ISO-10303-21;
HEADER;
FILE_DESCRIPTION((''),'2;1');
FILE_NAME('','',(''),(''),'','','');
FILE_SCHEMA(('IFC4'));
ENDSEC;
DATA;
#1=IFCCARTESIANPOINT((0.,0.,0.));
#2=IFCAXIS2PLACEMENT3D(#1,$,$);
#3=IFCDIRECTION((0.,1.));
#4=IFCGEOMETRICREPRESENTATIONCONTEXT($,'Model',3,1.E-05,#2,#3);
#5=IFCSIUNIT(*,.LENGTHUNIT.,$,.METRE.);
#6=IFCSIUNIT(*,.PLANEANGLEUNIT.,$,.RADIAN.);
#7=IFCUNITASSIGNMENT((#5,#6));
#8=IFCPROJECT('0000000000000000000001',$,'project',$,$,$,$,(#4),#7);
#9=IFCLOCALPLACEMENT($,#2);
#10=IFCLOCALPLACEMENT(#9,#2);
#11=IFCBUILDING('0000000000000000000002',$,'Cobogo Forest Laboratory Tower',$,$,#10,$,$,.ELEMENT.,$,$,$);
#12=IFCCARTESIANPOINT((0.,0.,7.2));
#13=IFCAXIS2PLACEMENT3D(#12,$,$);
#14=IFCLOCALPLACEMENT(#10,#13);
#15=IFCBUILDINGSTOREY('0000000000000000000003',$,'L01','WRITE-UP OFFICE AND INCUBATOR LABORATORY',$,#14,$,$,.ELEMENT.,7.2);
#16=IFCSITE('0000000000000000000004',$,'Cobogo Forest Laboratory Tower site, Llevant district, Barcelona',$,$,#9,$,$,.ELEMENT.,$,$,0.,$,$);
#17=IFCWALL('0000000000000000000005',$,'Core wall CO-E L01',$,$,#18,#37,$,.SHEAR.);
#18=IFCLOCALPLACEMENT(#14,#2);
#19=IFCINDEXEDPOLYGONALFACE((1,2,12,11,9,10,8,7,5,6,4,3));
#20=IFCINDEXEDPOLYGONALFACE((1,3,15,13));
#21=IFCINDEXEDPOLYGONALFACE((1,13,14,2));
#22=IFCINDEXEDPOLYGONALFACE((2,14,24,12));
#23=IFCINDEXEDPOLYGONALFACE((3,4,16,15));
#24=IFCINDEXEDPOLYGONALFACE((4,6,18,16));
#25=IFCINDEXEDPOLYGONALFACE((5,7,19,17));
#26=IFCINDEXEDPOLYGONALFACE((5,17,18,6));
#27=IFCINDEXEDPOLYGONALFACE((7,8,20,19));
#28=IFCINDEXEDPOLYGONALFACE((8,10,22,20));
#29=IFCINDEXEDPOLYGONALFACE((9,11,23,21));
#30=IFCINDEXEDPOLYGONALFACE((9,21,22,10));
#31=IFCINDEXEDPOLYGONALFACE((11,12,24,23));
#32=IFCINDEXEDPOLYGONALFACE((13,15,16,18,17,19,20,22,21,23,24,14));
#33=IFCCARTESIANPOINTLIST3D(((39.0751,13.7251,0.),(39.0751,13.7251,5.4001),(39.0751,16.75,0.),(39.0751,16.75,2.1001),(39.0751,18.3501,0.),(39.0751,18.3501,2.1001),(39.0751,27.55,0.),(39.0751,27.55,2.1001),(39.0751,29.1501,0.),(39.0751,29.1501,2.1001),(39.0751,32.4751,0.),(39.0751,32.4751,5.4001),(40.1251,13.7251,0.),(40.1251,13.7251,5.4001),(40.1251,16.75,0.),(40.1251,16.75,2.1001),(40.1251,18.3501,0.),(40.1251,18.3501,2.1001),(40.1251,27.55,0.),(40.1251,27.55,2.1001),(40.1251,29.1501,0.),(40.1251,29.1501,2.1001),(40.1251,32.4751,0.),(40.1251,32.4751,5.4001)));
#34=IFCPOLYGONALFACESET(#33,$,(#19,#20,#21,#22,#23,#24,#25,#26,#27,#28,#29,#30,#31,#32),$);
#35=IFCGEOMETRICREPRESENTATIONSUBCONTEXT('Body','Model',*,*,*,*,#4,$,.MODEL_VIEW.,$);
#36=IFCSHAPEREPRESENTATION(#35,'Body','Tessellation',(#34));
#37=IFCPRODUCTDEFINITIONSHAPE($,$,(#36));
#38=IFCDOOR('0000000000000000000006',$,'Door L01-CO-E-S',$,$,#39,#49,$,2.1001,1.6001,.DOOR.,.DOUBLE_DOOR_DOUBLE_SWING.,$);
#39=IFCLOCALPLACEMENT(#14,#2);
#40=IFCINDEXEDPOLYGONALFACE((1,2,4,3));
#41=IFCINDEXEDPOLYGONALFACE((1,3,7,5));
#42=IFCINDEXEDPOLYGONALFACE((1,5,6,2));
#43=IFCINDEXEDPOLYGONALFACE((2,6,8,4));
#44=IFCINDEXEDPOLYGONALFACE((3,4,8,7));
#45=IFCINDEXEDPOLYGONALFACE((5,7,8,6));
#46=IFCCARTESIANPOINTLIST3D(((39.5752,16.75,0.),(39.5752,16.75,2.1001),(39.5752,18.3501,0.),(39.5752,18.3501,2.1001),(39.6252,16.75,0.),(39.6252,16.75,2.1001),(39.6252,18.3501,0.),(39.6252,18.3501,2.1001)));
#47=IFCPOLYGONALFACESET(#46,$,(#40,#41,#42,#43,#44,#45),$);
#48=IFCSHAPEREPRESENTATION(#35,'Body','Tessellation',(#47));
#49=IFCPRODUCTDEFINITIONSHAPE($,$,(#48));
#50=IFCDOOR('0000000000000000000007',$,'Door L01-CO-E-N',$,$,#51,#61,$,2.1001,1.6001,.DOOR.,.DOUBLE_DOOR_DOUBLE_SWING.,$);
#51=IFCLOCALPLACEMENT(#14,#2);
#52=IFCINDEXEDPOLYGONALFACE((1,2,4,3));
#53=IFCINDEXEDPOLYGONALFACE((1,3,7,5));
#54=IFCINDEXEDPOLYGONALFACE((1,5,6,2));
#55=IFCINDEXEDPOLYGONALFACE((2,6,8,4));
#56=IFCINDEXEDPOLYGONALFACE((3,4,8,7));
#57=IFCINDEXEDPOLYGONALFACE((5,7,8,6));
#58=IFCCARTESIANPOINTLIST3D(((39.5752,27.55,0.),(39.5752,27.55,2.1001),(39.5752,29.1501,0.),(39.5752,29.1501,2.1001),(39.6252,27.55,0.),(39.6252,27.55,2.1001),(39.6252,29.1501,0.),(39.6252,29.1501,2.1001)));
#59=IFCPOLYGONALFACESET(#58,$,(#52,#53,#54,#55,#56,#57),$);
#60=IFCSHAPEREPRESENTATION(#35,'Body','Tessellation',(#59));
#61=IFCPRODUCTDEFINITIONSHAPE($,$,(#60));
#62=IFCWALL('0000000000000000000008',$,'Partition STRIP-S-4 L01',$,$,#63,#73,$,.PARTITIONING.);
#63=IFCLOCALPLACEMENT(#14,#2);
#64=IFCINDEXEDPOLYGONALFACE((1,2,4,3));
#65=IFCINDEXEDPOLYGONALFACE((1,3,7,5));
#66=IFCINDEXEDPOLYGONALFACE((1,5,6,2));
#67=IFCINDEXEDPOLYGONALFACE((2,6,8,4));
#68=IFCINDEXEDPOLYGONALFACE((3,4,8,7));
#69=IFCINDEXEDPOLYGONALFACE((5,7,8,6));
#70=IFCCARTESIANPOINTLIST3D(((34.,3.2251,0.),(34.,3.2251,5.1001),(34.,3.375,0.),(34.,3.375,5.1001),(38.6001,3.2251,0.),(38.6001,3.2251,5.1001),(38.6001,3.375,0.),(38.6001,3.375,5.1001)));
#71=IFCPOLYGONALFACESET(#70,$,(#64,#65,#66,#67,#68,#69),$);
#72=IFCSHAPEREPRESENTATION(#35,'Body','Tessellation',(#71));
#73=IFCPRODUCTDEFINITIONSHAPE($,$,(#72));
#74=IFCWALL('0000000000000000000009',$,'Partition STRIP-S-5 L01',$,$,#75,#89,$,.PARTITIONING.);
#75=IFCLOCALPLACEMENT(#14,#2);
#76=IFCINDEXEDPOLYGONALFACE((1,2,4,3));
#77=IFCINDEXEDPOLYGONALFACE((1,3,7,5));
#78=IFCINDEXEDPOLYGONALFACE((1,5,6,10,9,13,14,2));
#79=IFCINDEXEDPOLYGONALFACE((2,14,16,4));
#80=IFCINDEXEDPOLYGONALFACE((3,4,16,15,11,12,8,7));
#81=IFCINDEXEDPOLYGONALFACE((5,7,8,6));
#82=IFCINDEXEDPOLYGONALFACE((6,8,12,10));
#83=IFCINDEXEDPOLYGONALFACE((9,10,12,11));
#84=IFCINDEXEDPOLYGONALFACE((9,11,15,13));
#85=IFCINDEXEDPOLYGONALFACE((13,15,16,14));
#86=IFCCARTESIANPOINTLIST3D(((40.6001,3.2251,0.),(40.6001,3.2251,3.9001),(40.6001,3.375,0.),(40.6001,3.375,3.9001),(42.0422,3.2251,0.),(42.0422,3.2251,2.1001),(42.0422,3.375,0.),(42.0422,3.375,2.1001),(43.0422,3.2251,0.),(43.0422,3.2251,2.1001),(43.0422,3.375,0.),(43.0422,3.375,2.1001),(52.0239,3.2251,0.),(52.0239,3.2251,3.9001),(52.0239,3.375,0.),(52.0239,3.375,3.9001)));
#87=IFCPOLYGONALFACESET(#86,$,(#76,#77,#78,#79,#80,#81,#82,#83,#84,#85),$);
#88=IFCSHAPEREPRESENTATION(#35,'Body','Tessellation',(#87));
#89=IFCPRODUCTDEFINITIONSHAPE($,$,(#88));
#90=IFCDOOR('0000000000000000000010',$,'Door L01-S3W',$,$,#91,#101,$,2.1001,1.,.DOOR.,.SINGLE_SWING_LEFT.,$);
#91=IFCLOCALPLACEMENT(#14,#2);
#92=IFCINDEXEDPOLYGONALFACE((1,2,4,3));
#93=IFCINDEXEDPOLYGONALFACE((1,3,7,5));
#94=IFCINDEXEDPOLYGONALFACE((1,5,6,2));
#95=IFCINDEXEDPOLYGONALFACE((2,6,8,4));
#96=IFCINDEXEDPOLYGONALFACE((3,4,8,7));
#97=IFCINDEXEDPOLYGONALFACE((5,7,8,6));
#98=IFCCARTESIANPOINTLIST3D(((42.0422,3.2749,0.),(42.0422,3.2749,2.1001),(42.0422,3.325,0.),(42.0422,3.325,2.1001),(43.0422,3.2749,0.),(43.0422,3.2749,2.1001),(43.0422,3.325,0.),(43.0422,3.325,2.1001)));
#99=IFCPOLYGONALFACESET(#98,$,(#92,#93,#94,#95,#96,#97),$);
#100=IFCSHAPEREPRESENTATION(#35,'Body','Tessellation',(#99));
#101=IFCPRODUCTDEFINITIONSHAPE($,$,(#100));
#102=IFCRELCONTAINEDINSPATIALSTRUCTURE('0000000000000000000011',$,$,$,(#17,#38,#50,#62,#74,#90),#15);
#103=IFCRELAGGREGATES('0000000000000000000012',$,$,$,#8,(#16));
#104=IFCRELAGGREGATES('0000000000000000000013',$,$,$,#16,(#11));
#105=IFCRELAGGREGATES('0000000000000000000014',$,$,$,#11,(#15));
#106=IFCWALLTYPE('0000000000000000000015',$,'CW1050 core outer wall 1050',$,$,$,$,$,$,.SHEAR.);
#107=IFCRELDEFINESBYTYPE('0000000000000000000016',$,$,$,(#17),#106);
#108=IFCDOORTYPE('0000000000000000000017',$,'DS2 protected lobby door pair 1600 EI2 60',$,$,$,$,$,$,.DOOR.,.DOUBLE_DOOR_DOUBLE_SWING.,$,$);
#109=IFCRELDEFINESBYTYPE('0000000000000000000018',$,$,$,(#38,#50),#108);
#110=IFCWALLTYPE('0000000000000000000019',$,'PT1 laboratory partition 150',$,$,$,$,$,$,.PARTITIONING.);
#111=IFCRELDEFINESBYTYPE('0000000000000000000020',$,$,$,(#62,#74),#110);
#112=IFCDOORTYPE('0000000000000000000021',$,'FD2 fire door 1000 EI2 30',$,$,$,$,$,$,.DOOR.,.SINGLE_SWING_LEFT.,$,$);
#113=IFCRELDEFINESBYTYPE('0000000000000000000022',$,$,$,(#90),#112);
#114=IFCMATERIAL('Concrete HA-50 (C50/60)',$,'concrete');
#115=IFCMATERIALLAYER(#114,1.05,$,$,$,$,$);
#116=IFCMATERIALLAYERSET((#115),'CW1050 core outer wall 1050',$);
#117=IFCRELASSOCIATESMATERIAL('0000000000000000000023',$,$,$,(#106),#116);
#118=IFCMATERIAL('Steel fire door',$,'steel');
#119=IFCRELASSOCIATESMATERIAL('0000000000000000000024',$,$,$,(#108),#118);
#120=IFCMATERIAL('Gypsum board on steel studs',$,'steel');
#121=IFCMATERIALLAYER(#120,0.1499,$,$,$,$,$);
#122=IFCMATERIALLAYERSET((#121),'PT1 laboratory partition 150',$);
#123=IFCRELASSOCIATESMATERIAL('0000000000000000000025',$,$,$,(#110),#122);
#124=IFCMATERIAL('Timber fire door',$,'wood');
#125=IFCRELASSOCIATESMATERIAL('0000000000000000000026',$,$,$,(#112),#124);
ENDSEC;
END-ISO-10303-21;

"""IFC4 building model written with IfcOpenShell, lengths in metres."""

from ifc_helpers import new_model, si_unit, direction, frame, frame_2d, origin, place, context, subcontext, project, spatial, rectangle, extrude, material, layer, layer_set, type_object, element, fill, save


model = new_model("IFC4")

# Units and contexts
model_context = context("Model", 3, precision=1e-05, world=origin(), true_north=direction((0.0, 1.0)))
body_context = subcontext(model_context, "Body", "Model", "MODEL_VIEW")
ifc_project = project(units=[si_unit("LENGTHUNIT", "METRE"), si_unit("PLANEANGLEUNIT", "RADIAN")], contexts=[model_context])

# Site, building, storey
site_placement = place(None, origin())
site = spatial("IfcSite", under=ifc_project, at=site_placement, Name="Cobogo Forest Laboratory Tower site, Llevant district, Barcelona", CompositionType="ELEMENT", RefElevation=0.0)
building_placement = place(site_placement, origin())
building = spatial("IfcBuilding", under=site, at=building_placement, Name="Cobogo Forest Laboratory Tower", CompositionType="ELEMENT")
storey_placement = place(building_placement, frame((0.0, 0.0, 7.2)))
storey = spatial("IfcBuildingStorey", under=building, at=storey_placement, Name="L01", Description="WRITE-UP OFFICE AND INCUBATOR LABORATORY", CompositionType="ELEMENT", Elevation=7.2)

# Shared definitions
ifc_material_1 = material(Name="Concrete HA-50 (C50/60)", Category="concrete")

# Wall, openings, doors
ifc_layer_1 = layer(ifc_material_1, 1.05)
ifc_layer_set_1 = layer_set([ifc_layer_1], Name="CW1050 core outer wall 1050")
wall_type_1 = type_object("IfcWallType", Name="CW1050 core outer wall 1050", PredefinedType="SHEAR", material=ifc_layer_set_1)
wall_1_placement = place(storey_placement, frame((39.6001, 13.7251, 0.0), z_axis=(0.0, 0.0, 1.0), x_axis=(0.0, 1.0, 0.0)))
wall_1 = element("IfcWall", 1, at=wall_1_placement, inside=storey, type_object=wall_type_1, Name="Core wall CO-E L01", PredefinedType="SHEAR", context=body_context, shape_type="SweptSolid", body=[
    extrude(rectangle(XDim=18.75, YDim=1.05, at=frame_2d((9.375, 0.0))), origin(), (0.0, 0.0, 1.0), 5.4001),
])
opening_1_placement = place(wall_1_placement, frame((3.0249, 0.0, 0.0)))
opening_1 = element("IfcOpeningElement", 2, at=opening_1_placement, cuts=wall_1, PredefinedType="OPENING", context=body_context, shape_type="SweptSolid", body=[
    extrude(rectangle(XDim=1.6001, YDim=2.1001, at=frame_2d((0.8, 1.05))), frame((0.0, 0.5349, 0.0), z_axis=(0.0, -1.0, 0.0), x_axis=(1.0, 0.0, 0.0)), (0.0, 0.0, 1.0), 1.0701),
])
opening_2_placement = place(wall_1_placement, frame((13.825, 0.0, 0.0)))
opening_2 = element("IfcOpeningElement", 3, at=opening_2_placement, cuts=wall_1, PredefinedType="OPENING", context=body_context, shape_type="SweptSolid", body=[
    extrude(rectangle(XDim=1.6001, YDim=2.1001, at=frame_2d((0.8, 1.05))), frame((0.0, 0.5349, 0.0), z_axis=(0.0, -1.0, 0.0), x_axis=(1.0, 0.0, 0.0)), (0.0, 0.0, 1.0), 1.0701),
])
ifc_material_2 = material(Name="Steel fire door", Category="steel")
door_type_1 = type_object("IfcDoorType", Name="DS2 protected lobby door pair 1600 EI2 60", OperationType="DOUBLE_DOOR_DOUBLE_SWING", PredefinedType="DOOR", material=ifc_material_2)
door_1_placement = place(opening_1_placement, origin())
door_1 = element("IfcDoor", 4, at=door_1_placement, inside=storey, type_object=door_type_1, Name="Door L01-CO-E-S", OperationType="DOUBLE_DOOR_DOUBLE_SWING", OverallHeight=2.1001, OverallWidth=1.6001, PredefinedType="DOOR", context=body_context, shape_type="SweptSolid", body=[
    extrude(rectangle(XDim=1.6001, YDim=2.1001, at=frame_2d((0.8, 1.05))), frame((0.0, 0.0249, 0.0), z_axis=(0.0, -1.0, 0.0), x_axis=(1.0, 0.0, 0.0)), (0.0, 0.0, 1.0), 0.05),
])
fill(opening_1, door_1)
door_2_placement = place(opening_2_placement, origin())
door_2 = element("IfcDoor", 5, at=door_2_placement, inside=storey, type_object=door_type_1, Name="Door L01-CO-E-N", OperationType="DOUBLE_DOOR_DOUBLE_SWING", OverallHeight=2.1001, OverallWidth=1.6001, PredefinedType="DOOR", context=body_context, shape_type="SweptSolid", body=[
    extrude(rectangle(XDim=1.6001, YDim=2.1001, at=frame_2d((0.8, 1.05))), frame((0.0, 0.0249, 0.0), z_axis=(0.0, -1.0, 0.0), x_axis=(1.0, 0.0, 0.0)), (0.0, 0.0, 1.0), 0.05),
])
fill(opening_2, door_2)

# Wall
ifc_material_3 = material(Name="Gypsum board on steel studs", Category="steel")
ifc_layer_2 = layer(ifc_material_3, 0.1499)
ifc_layer_set_2 = layer_set([ifc_layer_2], Name="PT1 laboratory partition 150")
wall_type_2 = type_object("IfcWallType", Name="PT1 laboratory partition 150", PredefinedType="PARTITIONING", material=ifc_layer_set_2)
wall_2_placement = place(storey_placement, frame((34.0, 3.3, 0.0), z_axis=(0.0, 0.0, 1.0), x_axis=(1.0, 0.0, 0.0)))
element("IfcWall", 6, at=wall_2_placement, inside=storey, type_object=wall_type_2, Name="Partition STRIP-S-4 L01", PredefinedType="PARTITIONING", context=body_context, shape_type="SweptSolid", body=[
    extrude(rectangle(XDim=4.6001, YDim=0.1499, at=frame_2d((2.3, 0.0))), origin(), (0.0, 0.0, 1.0), 5.1001),
])

# Wall, opening, door
wall_3_placement = place(storey_placement, frame((40.6001, 3.3, 0.0), z_axis=(0.0, 0.0, 1.0), x_axis=(1.0, 0.0, 0.0)))
wall_3 = element("IfcWall", 7, at=wall_3_placement, inside=storey, type_object=wall_type_2, Name="Partition STRIP-S-5 L01", PredefinedType="PARTITIONING", context=body_context, shape_type="SweptSolid", body=[
    extrude(rectangle(XDim=11.4238, YDim=0.1499, at=frame_2d((5.7119, 0.0))), origin(), (0.0, 0.0, 1.0), 3.9001),
])
opening_3_placement = place(wall_3_placement, frame((1.4421, 0.0, 0.0)))
opening_3 = element("IfcOpeningElement", 8, at=opening_3_placement, cuts=wall_3, PredefinedType="OPENING", context=body_context, shape_type="SweptSolid", body=[
    extrude(rectangle(XDim=1.0, YDim=2.1001, at=frame_2d((0.5, 1.05))), frame((0.0, 0.085, 0.0), z_axis=(0.0, -1.0, 0.0), x_axis=(1.0, 0.0, 0.0)), (0.0, 0.0, 1.0), 0.1699),
])
ifc_material_4 = material(Name="Timber fire door", Category="wood")
door_type_2 = type_object("IfcDoorType", Name="FD2 fire door 1000 EI2 30", OperationType="SINGLE_SWING_LEFT", PredefinedType="DOOR", material=ifc_material_4)
door_3_placement = place(opening_3_placement, origin())
door_3 = element("IfcDoor", 9, at=door_3_placement, inside=storey, type_object=door_type_2, Name="Door L01-S3W", OperationType="SINGLE_SWING_LEFT", OverallHeight=2.1001, OverallWidth=1.0, PredefinedType="DOOR", context=body_context, shape_type="SweptSolid", body=[
    extrude(rectangle(XDim=1.0, YDim=2.1001, at=frame_2d((0.5, 1.05))), frame((0.0, 0.0249, 0.0), z_axis=(0.0, -1.0, 0.0), x_axis=(1.0, 0.0, 0.0)), (0.0, 0.0, 1.0), 0.05),
])
fill(opening_3, door_3)

save(model, "model.ifc")
